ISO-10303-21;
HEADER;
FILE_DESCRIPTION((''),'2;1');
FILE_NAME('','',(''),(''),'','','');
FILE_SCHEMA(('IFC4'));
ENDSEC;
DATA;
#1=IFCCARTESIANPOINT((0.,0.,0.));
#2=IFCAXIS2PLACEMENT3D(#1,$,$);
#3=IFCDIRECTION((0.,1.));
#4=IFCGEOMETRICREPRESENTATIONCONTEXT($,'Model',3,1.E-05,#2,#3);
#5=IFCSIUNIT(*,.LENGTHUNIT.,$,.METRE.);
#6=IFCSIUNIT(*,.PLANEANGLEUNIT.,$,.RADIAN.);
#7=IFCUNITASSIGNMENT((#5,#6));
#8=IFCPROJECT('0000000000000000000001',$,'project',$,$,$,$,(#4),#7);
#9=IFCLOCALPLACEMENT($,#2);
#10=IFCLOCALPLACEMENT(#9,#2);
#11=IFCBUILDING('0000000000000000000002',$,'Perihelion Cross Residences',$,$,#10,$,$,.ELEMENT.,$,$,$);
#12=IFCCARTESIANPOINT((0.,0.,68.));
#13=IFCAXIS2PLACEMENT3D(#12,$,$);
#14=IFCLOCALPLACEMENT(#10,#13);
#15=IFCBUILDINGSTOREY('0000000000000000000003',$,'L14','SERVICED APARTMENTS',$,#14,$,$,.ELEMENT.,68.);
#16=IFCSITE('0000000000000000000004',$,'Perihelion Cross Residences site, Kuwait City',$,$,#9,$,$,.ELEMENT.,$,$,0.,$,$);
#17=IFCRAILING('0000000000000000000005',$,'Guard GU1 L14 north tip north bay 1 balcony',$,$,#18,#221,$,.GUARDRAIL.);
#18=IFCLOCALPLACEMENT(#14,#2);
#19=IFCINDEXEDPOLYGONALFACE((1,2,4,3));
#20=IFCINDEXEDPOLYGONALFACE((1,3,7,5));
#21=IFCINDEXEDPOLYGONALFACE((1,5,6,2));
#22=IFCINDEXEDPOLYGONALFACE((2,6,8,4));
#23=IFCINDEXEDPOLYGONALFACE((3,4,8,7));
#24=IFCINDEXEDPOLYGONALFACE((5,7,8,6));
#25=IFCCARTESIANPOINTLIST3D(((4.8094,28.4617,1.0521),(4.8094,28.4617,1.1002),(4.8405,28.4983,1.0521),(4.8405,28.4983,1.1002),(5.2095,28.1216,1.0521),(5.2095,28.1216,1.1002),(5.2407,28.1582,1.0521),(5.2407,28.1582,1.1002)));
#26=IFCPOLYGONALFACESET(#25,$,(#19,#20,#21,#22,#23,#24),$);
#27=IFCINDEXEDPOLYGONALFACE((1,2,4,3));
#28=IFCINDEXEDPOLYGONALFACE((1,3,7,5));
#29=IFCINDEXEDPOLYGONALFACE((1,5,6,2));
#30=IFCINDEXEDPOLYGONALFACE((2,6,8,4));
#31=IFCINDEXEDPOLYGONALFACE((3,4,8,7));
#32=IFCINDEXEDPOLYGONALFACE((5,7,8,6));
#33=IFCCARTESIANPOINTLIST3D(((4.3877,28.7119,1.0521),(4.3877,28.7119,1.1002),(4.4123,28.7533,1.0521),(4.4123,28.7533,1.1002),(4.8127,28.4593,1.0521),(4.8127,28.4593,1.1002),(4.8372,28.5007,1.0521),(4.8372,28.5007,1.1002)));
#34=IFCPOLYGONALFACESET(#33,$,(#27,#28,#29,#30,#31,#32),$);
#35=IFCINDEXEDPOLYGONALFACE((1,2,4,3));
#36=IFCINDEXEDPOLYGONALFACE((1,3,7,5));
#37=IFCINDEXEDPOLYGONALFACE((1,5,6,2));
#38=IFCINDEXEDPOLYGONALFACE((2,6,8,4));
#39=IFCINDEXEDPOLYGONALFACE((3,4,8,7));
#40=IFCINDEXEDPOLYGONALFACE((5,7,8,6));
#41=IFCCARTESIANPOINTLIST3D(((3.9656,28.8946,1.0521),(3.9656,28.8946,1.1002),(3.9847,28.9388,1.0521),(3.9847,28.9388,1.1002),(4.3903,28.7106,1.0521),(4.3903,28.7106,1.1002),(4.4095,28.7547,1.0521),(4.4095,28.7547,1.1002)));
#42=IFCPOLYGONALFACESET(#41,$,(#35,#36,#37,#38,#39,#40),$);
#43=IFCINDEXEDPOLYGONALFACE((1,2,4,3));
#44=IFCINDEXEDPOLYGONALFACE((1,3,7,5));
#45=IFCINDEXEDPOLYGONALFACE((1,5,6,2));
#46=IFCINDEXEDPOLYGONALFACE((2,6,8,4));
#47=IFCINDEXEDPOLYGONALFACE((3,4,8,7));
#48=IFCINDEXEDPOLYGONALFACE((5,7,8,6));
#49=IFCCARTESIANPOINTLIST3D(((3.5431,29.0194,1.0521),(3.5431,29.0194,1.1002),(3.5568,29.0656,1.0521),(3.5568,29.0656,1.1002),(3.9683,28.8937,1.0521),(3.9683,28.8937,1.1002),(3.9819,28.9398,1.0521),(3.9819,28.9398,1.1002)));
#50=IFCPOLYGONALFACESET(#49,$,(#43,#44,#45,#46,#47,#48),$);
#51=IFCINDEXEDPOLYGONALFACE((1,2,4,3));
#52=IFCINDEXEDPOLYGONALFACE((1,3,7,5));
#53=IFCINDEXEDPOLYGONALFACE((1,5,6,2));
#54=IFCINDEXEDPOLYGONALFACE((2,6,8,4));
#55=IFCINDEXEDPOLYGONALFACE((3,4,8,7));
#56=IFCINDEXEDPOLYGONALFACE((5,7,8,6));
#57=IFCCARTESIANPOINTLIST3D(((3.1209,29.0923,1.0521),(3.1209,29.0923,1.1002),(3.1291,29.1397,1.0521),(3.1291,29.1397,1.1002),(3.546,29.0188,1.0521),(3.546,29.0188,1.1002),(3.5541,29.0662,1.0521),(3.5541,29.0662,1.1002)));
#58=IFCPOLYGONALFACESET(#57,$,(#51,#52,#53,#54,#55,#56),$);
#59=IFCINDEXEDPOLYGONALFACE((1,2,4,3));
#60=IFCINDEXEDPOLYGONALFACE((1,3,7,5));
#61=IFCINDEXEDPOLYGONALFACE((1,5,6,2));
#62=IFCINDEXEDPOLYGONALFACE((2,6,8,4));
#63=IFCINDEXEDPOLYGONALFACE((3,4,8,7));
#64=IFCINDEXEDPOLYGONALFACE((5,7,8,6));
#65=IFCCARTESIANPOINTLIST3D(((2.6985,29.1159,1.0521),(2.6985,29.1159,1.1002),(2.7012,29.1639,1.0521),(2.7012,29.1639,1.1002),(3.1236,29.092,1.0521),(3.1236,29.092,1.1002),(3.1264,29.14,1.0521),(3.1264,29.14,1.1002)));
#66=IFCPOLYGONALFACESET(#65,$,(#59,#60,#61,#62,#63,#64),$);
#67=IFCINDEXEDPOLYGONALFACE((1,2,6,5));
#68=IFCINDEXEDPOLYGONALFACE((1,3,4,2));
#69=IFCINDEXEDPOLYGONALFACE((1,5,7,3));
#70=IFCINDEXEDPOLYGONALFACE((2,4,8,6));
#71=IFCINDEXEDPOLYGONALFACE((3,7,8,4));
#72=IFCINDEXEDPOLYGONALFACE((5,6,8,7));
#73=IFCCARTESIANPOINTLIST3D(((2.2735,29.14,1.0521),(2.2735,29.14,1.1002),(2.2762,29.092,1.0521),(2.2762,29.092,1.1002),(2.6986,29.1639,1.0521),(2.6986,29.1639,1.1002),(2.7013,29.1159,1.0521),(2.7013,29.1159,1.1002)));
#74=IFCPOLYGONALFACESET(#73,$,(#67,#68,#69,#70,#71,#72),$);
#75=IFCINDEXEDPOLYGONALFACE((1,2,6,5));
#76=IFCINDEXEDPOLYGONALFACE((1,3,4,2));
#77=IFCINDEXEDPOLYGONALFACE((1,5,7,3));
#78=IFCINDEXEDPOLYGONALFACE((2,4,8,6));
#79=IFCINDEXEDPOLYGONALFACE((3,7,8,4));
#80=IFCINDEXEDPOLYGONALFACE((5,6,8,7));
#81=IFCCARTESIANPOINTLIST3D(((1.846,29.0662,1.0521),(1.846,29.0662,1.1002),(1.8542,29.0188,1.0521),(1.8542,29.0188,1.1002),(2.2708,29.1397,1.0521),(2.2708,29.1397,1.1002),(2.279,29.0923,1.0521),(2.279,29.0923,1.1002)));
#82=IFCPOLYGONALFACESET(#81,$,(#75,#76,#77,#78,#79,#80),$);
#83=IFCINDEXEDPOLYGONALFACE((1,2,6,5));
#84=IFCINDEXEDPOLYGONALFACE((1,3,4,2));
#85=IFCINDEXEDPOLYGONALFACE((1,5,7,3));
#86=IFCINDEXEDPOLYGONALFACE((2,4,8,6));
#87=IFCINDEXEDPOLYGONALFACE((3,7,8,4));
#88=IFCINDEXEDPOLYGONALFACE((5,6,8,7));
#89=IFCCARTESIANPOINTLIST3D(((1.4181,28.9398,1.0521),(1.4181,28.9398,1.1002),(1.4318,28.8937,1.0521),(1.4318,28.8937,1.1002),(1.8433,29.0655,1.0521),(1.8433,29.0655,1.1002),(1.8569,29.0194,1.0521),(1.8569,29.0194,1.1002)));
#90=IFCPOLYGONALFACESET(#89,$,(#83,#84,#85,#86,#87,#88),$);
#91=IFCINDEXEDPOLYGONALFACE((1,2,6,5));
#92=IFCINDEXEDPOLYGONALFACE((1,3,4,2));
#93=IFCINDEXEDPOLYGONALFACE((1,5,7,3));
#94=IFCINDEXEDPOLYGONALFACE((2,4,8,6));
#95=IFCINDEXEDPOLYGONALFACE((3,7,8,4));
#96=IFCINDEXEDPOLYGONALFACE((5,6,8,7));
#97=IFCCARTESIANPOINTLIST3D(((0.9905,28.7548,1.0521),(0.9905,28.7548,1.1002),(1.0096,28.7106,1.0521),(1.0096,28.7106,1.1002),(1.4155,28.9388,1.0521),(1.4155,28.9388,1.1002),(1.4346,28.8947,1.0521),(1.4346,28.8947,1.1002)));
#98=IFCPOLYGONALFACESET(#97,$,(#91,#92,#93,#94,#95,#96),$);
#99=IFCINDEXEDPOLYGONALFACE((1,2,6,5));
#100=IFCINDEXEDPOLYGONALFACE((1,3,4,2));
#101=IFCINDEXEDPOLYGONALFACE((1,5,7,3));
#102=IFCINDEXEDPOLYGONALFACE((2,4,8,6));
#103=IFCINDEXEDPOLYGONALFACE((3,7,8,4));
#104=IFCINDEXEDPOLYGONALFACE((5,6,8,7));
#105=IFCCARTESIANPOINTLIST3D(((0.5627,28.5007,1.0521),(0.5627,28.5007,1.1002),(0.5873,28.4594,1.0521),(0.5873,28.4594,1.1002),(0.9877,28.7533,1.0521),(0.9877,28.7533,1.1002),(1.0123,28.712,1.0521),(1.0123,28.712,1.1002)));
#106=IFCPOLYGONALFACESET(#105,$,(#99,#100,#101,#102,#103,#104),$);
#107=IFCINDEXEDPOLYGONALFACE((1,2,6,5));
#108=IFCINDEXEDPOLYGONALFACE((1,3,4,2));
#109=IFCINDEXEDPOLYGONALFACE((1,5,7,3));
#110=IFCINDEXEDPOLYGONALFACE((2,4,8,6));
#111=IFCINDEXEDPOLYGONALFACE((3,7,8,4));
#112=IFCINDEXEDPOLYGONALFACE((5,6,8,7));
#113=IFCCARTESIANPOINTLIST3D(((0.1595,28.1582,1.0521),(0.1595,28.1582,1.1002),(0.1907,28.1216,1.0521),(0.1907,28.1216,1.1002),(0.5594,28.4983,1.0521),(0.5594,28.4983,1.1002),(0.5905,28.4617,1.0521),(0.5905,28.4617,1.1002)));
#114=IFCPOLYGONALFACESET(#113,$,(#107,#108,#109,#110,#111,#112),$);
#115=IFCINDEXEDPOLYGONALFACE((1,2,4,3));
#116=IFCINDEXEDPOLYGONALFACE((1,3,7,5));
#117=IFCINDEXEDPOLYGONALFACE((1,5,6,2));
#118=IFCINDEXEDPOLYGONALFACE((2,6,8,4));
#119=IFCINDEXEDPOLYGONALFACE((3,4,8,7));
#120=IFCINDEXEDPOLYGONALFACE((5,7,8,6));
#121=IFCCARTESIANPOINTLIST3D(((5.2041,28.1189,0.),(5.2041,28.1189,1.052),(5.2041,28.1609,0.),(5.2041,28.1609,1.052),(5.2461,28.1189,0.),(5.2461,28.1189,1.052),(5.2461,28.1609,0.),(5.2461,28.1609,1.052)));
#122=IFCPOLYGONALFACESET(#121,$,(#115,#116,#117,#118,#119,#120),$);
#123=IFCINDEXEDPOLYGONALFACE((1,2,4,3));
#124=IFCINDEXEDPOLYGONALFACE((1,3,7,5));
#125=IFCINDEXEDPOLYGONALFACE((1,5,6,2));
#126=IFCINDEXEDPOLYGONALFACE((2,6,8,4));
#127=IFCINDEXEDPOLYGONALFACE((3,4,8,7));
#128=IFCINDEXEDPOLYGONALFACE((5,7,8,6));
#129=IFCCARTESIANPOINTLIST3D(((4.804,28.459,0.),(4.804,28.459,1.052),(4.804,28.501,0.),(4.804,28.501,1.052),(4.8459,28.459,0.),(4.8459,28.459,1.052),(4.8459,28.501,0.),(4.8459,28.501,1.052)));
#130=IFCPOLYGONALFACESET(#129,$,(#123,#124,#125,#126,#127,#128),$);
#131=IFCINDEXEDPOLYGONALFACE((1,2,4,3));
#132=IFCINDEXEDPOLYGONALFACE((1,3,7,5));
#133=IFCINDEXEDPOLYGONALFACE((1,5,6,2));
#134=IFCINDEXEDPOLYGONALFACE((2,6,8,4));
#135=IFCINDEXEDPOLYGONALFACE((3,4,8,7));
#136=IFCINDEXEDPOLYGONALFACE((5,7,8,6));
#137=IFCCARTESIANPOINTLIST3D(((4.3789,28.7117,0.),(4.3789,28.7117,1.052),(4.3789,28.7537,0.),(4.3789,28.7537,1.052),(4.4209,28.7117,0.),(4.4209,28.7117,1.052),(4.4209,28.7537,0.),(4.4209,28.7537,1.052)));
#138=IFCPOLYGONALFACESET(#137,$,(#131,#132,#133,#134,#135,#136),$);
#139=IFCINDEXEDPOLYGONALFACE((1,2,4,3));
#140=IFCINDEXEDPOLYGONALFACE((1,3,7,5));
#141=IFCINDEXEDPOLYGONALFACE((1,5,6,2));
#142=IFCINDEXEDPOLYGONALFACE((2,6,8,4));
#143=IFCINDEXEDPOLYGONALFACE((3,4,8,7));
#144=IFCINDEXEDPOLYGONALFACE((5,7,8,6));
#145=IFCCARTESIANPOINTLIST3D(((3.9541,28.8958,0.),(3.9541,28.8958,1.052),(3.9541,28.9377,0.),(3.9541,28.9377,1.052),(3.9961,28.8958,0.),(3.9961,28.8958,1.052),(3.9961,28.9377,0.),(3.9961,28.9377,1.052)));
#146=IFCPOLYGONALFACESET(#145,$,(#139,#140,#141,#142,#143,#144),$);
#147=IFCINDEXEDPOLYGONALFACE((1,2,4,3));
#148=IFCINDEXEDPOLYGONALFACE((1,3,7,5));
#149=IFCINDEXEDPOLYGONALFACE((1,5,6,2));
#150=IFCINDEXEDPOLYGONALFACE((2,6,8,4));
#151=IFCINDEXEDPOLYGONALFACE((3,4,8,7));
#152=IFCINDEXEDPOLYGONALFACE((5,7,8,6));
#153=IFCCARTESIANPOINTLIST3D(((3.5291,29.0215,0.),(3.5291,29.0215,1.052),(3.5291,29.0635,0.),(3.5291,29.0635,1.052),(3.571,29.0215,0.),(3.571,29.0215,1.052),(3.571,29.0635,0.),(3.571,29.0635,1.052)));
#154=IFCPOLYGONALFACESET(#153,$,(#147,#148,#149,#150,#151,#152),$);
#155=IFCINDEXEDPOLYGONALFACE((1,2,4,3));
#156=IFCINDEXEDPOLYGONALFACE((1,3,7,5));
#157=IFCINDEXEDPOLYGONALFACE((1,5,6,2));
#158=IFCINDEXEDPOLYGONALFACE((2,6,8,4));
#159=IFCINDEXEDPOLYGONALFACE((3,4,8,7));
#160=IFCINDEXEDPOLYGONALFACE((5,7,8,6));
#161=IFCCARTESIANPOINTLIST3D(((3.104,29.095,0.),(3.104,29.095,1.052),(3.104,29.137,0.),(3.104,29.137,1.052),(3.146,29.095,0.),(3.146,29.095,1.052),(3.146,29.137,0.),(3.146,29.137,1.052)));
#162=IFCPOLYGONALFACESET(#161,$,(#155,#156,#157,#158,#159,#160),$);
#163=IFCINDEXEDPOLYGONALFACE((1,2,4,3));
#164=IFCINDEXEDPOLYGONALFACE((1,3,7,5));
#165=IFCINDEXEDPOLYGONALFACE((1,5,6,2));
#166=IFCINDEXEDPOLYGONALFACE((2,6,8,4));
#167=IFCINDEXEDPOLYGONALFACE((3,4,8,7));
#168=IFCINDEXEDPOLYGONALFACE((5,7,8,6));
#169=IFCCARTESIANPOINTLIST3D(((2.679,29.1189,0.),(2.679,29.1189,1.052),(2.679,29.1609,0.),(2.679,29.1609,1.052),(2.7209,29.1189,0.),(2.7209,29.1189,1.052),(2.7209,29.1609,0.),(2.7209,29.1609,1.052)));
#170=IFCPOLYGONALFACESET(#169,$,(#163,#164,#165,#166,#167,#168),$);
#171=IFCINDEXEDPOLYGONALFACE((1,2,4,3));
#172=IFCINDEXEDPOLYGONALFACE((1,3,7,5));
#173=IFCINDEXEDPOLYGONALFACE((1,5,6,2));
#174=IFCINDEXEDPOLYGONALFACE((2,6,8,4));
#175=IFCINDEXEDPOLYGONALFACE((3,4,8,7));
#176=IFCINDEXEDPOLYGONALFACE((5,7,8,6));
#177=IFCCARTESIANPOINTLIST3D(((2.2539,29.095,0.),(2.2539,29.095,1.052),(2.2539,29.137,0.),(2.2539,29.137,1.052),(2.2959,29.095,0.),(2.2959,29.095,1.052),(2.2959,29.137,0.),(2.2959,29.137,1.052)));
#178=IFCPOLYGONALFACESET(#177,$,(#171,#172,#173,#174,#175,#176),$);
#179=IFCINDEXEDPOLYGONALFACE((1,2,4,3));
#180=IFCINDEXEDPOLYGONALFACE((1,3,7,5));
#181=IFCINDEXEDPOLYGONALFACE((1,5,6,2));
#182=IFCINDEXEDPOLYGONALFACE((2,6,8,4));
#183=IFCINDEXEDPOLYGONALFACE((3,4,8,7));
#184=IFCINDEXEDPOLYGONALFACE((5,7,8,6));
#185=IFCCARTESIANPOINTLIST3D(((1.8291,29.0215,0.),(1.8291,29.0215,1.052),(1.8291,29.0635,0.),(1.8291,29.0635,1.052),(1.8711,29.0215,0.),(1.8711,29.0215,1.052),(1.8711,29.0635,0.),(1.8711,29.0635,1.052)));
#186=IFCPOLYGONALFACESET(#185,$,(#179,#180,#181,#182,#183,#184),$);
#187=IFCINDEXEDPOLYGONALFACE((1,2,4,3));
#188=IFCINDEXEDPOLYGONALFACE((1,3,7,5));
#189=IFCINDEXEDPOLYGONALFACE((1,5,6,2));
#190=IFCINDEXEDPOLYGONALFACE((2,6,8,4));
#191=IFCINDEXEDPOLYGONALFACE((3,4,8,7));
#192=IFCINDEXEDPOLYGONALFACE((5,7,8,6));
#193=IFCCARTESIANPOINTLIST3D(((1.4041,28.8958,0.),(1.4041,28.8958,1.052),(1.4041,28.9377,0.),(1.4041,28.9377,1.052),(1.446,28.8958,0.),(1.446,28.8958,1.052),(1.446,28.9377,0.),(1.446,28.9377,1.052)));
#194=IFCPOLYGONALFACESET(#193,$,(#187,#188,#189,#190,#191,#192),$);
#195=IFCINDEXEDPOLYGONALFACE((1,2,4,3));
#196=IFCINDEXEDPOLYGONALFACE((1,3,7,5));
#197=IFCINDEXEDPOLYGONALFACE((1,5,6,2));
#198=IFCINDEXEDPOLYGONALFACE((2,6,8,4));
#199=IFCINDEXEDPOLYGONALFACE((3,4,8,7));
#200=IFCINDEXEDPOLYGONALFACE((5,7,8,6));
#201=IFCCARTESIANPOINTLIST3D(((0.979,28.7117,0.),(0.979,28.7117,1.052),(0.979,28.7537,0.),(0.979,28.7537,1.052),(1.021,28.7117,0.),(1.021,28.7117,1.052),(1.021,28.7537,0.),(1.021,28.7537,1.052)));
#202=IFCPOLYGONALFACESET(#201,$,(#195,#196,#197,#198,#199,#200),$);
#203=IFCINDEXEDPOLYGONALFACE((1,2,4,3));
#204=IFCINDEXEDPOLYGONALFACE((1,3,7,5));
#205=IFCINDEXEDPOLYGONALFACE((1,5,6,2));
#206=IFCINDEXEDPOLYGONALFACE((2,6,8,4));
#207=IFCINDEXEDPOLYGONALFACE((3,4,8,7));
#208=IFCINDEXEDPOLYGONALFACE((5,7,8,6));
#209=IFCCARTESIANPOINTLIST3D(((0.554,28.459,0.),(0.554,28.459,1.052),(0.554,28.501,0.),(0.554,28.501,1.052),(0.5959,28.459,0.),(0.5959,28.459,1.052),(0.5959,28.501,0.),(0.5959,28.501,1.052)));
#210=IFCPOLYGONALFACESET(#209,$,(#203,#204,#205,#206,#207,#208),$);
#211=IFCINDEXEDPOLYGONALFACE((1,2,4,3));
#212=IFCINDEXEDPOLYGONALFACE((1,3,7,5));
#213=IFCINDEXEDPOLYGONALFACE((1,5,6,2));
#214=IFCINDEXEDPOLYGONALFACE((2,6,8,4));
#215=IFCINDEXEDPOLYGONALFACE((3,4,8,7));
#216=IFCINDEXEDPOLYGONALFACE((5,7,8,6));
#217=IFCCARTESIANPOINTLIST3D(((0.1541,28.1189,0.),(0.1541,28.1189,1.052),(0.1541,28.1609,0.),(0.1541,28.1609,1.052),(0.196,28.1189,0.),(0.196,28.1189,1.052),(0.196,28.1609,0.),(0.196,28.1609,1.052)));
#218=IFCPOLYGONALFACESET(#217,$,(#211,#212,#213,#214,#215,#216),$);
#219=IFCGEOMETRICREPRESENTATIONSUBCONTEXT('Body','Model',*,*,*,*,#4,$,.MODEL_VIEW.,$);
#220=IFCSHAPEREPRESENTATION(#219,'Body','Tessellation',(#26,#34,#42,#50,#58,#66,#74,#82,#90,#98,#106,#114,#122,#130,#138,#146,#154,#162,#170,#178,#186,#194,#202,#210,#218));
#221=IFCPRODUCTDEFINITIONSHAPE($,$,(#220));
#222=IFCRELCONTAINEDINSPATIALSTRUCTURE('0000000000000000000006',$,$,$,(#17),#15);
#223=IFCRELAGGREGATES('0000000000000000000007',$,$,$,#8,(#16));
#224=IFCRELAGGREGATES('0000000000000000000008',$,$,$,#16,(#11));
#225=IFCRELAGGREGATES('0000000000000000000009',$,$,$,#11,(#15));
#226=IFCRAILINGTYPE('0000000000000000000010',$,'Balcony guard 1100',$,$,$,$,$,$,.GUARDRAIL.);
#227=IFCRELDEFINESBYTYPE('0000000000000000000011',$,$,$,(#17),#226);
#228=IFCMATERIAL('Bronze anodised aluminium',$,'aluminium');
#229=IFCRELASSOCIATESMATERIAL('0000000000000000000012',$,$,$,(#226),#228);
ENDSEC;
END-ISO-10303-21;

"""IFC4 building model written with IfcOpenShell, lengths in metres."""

from ifc_helpers import new_model, si_unit, direction, frame, origin, origin_2d, place, context, subcontext, project, spatial, rectangle, extrude, material, type_object, element, save


model = new_model("IFC4")

# Units and contexts
model_context = context("Model", 3, precision=1e-05, world=origin(), true_north=direction((0.0, 1.0)))
body_context = subcontext(model_context, "Body", "Model", "MODEL_VIEW")
ifc_project = project(units=[si_unit("LENGTHUNIT", "METRE"), si_unit("PLANEANGLEUNIT", "RADIAN")], contexts=[model_context])

# Site, building, storey
site_placement = place(None, origin())
site = spatial("IfcSite", under=ifc_project, at=site_placement, Name="Perihelion Cross Residences site, Kuwait City", CompositionType="ELEMENT", RefElevation=0.0)
building_placement = place(site_placement, origin())
building = spatial("IfcBuilding", under=site, at=building_placement, Name="Perihelion Cross Residences", CompositionType="ELEMENT")
storey_placement = place(building_placement, frame((0.0, 0.0, 68.0)))
storey = spatial("IfcBuildingStorey", under=building, at=storey_placement, Name="L14", Description="SERVICED APARTMENTS", CompositionType="ELEMENT", Elevation=68.0)

# Railing
ifc_material_1 = material(Name="Bronze anodised aluminium", Category="aluminium")
railing_type = type_object("IfcRailingType", Name="Balcony guard 1100", PredefinedType="GUARDRAIL", material=ifc_material_1)
railing_placement = place(storey_placement, frame((5.2251, 28.1399, 0.0)))
element("IfcRailing", 1, at=railing_placement, inside=storey, type_object=railing_type, Name="Guard GU1 L14 north tip north bay 1 balcony", PredefinedType="GUARDRAIL", context=body_context, shape_type="SweptSolid", body=[
    extrude(rectangle(XDim=0.0481, YDim=0.0481, at=origin_2d()), frame((0.0, 0.0, 1.0762), z_axis=(-0.761974, 0.647608, 0.0), x_axis=(-0.647608, -0.761974, 0.0)), (0.0, 0.0, 1.0), 0.5251),
    extrude(rectangle(XDim=0.0481, YDim=0.0481, at=origin_2d()), frame((-0.4001, 0.3401, 1.0762), z_axis=(-0.859577, 0.511006, 0.0), x_axis=(-0.511006, -0.859577, 0.0)), (0.0, 0.0, 1.0), 0.4944),
    extrude(rectangle(XDim=0.0481, YDim=0.0481, at=origin_2d()), frame((-0.8252, 0.5928, 1.0762), z_axis=(-0.917556, 0.397607, 0.0), x_axis=(-0.397607, -0.917556, 0.0)), (0.0, 0.0, 1.0), 0.4629),
    extrude(rectangle(XDim=0.0481, YDim=0.0481, at=origin_2d()), frame((-1.25, 0.7769, 1.0762), z_axis=(-0.958926, 0.283657, 0.0), x_axis=(-0.283657, -0.958926, 0.0)), (0.0, 0.0, 1.0), 0.4434),
    extrude(rectangle(XDim=0.0481, YDim=0.0481, at=origin_2d()), frame((-1.675, 0.9026, 1.0762), z_axis=(-0.985382, 0.170362, 0.0), x_axis=(-0.170362, -0.985382, 0.0)), (0.0, 0.0, 1.0), 0.4314),
    extrude(rectangle(XDim=0.0481, YDim=0.0481, at=origin_2d()), frame((-2.1001, 0.9761, 1.0762), z_axis=(-0.99842, 0.056201, 0.0), x_axis=(-0.056201, -0.99842, 0.0)), (0.0, 0.0, 1.0), 0.4258),
    extrude(rectangle(XDim=0.0481, YDim=0.0481, at=origin_2d()), frame((-2.5251, 1.0, 1.0762), z_axis=(-0.99842, -0.056201, 0.0), x_axis=(0.056201, -0.99842, 0.0)), (0.0, 0.0, 1.0), 0.4258),
    extrude(rectangle(XDim=0.0481, YDim=0.0481, at=origin_2d()), frame((-2.9502, 0.9761, 1.0762), z_axis=(-0.985365, -0.170457, 0.0), x_axis=(0.170457, -0.985365, 0.0)), (0.0, 0.0, 1.0), 0.4312),
    extrude(rectangle(XDim=0.0481, YDim=0.0481, at=origin_2d()), frame((-3.375, 0.9026, 1.0762), z_axis=(-0.958926, -0.283657, 0.0), x_axis=(0.283657, -0.958926, 0.0)), (0.0, 0.0, 1.0), 0.4434),
    extrude(rectangle(XDim=0.0481, YDim=0.0481, at=origin_2d()), frame((-3.8, 0.7769, 1.0762), z_axis=(-0.917639, -0.397415, 0.0), x_axis=(0.397415, -0.917639, 0.0)), (0.0, 0.0, 1.0), 0.4631),
    extrude(rectangle(XDim=0.0481, YDim=0.0481, at=origin_2d()), frame((-4.2251, 0.5928, 1.0762), z_axis=(-0.859577, -0.511006, 0.0), x_axis=(0.511006, -0.859577, 0.0)), (0.0, 0.0, 1.0), 0.4944),
    extrude(rectangle(XDim=0.0481, YDim=0.0481, at=origin_2d()), frame((-4.6501, 0.3401, 1.0762), z_axis=(-0.761779, -0.647837, 0.0), x_axis=(0.647837, -0.761779, 0.0)), (0.0, 0.0, 1.0), 0.5249),
    extrude(rectangle(XDim=0.042, YDim=0.042, at=origin_2d()), origin(), (0.0, 0.0, 1.0), 1.052),
    extrude(rectangle(XDim=0.042, YDim=0.042, at=origin_2d()), frame((-0.4001, 0.3401, 0.0)), (0.0, 0.0, 1.0), 1.052),
    extrude(rectangle(XDim=0.042, YDim=0.042, at=origin_2d()), frame((-0.8252, 0.5928, 0.0)), (0.0, 0.0, 1.0), 1.052),
    extrude(rectangle(XDim=0.042, YDim=0.042, at=origin_2d()), frame((-1.25, 0.7769, 0.0)), (0.0, 0.0, 1.0), 1.052),
    extrude(rectangle(XDim=0.042, YDim=0.042, at=origin_2d()), frame((-1.675, 0.9026, 0.0)), (0.0, 0.0, 1.0), 1.052),
    extrude(rectangle(XDim=0.042, YDim=0.042, at=origin_2d()), frame((-2.1001, 0.9761, 0.0)), (0.0, 0.0, 1.0), 1.052),
    extrude(rectangle(XDim=0.042, YDim=0.042, at=origin_2d()), frame((-2.5251, 1.0, 0.0)), (0.0, 0.0, 1.0), 1.052),
    extrude(rectangle(XDim=0.042, YDim=0.042, at=origin_2d()), frame((-2.9502, 0.9761, 0.0)), (0.0, 0.0, 1.0), 1.052),
    extrude(rectangle(XDim=0.042, YDim=0.042, at=origin_2d()), frame((-3.375, 0.9026, 0.0)), (0.0, 0.0, 1.0), 1.052),
    extrude(rectangle(XDim=0.042, YDim=0.042, at=origin_2d()), frame((-3.8, 0.7769, 0.0)), (0.0, 0.0, 1.0), 1.052),
    extrude(rectangle(XDim=0.042, YDim=0.042, at=origin_2d()), frame((-4.2251, 0.5928, 0.0)), (0.0, 0.0, 1.0), 1.052),
    extrude(rectangle(XDim=0.042, YDim=0.042, at=origin_2d()), frame((-4.6501, 0.3401, 0.0)), (0.0, 0.0, 1.0), 1.052),
    extrude(rectangle(XDim=0.042, YDim=0.042, at=origin_2d()), frame((-5.05, 0.0, 0.0)), (0.0, 0.0, 1.0), 1.052),
])

save(model, "model.ifc")
